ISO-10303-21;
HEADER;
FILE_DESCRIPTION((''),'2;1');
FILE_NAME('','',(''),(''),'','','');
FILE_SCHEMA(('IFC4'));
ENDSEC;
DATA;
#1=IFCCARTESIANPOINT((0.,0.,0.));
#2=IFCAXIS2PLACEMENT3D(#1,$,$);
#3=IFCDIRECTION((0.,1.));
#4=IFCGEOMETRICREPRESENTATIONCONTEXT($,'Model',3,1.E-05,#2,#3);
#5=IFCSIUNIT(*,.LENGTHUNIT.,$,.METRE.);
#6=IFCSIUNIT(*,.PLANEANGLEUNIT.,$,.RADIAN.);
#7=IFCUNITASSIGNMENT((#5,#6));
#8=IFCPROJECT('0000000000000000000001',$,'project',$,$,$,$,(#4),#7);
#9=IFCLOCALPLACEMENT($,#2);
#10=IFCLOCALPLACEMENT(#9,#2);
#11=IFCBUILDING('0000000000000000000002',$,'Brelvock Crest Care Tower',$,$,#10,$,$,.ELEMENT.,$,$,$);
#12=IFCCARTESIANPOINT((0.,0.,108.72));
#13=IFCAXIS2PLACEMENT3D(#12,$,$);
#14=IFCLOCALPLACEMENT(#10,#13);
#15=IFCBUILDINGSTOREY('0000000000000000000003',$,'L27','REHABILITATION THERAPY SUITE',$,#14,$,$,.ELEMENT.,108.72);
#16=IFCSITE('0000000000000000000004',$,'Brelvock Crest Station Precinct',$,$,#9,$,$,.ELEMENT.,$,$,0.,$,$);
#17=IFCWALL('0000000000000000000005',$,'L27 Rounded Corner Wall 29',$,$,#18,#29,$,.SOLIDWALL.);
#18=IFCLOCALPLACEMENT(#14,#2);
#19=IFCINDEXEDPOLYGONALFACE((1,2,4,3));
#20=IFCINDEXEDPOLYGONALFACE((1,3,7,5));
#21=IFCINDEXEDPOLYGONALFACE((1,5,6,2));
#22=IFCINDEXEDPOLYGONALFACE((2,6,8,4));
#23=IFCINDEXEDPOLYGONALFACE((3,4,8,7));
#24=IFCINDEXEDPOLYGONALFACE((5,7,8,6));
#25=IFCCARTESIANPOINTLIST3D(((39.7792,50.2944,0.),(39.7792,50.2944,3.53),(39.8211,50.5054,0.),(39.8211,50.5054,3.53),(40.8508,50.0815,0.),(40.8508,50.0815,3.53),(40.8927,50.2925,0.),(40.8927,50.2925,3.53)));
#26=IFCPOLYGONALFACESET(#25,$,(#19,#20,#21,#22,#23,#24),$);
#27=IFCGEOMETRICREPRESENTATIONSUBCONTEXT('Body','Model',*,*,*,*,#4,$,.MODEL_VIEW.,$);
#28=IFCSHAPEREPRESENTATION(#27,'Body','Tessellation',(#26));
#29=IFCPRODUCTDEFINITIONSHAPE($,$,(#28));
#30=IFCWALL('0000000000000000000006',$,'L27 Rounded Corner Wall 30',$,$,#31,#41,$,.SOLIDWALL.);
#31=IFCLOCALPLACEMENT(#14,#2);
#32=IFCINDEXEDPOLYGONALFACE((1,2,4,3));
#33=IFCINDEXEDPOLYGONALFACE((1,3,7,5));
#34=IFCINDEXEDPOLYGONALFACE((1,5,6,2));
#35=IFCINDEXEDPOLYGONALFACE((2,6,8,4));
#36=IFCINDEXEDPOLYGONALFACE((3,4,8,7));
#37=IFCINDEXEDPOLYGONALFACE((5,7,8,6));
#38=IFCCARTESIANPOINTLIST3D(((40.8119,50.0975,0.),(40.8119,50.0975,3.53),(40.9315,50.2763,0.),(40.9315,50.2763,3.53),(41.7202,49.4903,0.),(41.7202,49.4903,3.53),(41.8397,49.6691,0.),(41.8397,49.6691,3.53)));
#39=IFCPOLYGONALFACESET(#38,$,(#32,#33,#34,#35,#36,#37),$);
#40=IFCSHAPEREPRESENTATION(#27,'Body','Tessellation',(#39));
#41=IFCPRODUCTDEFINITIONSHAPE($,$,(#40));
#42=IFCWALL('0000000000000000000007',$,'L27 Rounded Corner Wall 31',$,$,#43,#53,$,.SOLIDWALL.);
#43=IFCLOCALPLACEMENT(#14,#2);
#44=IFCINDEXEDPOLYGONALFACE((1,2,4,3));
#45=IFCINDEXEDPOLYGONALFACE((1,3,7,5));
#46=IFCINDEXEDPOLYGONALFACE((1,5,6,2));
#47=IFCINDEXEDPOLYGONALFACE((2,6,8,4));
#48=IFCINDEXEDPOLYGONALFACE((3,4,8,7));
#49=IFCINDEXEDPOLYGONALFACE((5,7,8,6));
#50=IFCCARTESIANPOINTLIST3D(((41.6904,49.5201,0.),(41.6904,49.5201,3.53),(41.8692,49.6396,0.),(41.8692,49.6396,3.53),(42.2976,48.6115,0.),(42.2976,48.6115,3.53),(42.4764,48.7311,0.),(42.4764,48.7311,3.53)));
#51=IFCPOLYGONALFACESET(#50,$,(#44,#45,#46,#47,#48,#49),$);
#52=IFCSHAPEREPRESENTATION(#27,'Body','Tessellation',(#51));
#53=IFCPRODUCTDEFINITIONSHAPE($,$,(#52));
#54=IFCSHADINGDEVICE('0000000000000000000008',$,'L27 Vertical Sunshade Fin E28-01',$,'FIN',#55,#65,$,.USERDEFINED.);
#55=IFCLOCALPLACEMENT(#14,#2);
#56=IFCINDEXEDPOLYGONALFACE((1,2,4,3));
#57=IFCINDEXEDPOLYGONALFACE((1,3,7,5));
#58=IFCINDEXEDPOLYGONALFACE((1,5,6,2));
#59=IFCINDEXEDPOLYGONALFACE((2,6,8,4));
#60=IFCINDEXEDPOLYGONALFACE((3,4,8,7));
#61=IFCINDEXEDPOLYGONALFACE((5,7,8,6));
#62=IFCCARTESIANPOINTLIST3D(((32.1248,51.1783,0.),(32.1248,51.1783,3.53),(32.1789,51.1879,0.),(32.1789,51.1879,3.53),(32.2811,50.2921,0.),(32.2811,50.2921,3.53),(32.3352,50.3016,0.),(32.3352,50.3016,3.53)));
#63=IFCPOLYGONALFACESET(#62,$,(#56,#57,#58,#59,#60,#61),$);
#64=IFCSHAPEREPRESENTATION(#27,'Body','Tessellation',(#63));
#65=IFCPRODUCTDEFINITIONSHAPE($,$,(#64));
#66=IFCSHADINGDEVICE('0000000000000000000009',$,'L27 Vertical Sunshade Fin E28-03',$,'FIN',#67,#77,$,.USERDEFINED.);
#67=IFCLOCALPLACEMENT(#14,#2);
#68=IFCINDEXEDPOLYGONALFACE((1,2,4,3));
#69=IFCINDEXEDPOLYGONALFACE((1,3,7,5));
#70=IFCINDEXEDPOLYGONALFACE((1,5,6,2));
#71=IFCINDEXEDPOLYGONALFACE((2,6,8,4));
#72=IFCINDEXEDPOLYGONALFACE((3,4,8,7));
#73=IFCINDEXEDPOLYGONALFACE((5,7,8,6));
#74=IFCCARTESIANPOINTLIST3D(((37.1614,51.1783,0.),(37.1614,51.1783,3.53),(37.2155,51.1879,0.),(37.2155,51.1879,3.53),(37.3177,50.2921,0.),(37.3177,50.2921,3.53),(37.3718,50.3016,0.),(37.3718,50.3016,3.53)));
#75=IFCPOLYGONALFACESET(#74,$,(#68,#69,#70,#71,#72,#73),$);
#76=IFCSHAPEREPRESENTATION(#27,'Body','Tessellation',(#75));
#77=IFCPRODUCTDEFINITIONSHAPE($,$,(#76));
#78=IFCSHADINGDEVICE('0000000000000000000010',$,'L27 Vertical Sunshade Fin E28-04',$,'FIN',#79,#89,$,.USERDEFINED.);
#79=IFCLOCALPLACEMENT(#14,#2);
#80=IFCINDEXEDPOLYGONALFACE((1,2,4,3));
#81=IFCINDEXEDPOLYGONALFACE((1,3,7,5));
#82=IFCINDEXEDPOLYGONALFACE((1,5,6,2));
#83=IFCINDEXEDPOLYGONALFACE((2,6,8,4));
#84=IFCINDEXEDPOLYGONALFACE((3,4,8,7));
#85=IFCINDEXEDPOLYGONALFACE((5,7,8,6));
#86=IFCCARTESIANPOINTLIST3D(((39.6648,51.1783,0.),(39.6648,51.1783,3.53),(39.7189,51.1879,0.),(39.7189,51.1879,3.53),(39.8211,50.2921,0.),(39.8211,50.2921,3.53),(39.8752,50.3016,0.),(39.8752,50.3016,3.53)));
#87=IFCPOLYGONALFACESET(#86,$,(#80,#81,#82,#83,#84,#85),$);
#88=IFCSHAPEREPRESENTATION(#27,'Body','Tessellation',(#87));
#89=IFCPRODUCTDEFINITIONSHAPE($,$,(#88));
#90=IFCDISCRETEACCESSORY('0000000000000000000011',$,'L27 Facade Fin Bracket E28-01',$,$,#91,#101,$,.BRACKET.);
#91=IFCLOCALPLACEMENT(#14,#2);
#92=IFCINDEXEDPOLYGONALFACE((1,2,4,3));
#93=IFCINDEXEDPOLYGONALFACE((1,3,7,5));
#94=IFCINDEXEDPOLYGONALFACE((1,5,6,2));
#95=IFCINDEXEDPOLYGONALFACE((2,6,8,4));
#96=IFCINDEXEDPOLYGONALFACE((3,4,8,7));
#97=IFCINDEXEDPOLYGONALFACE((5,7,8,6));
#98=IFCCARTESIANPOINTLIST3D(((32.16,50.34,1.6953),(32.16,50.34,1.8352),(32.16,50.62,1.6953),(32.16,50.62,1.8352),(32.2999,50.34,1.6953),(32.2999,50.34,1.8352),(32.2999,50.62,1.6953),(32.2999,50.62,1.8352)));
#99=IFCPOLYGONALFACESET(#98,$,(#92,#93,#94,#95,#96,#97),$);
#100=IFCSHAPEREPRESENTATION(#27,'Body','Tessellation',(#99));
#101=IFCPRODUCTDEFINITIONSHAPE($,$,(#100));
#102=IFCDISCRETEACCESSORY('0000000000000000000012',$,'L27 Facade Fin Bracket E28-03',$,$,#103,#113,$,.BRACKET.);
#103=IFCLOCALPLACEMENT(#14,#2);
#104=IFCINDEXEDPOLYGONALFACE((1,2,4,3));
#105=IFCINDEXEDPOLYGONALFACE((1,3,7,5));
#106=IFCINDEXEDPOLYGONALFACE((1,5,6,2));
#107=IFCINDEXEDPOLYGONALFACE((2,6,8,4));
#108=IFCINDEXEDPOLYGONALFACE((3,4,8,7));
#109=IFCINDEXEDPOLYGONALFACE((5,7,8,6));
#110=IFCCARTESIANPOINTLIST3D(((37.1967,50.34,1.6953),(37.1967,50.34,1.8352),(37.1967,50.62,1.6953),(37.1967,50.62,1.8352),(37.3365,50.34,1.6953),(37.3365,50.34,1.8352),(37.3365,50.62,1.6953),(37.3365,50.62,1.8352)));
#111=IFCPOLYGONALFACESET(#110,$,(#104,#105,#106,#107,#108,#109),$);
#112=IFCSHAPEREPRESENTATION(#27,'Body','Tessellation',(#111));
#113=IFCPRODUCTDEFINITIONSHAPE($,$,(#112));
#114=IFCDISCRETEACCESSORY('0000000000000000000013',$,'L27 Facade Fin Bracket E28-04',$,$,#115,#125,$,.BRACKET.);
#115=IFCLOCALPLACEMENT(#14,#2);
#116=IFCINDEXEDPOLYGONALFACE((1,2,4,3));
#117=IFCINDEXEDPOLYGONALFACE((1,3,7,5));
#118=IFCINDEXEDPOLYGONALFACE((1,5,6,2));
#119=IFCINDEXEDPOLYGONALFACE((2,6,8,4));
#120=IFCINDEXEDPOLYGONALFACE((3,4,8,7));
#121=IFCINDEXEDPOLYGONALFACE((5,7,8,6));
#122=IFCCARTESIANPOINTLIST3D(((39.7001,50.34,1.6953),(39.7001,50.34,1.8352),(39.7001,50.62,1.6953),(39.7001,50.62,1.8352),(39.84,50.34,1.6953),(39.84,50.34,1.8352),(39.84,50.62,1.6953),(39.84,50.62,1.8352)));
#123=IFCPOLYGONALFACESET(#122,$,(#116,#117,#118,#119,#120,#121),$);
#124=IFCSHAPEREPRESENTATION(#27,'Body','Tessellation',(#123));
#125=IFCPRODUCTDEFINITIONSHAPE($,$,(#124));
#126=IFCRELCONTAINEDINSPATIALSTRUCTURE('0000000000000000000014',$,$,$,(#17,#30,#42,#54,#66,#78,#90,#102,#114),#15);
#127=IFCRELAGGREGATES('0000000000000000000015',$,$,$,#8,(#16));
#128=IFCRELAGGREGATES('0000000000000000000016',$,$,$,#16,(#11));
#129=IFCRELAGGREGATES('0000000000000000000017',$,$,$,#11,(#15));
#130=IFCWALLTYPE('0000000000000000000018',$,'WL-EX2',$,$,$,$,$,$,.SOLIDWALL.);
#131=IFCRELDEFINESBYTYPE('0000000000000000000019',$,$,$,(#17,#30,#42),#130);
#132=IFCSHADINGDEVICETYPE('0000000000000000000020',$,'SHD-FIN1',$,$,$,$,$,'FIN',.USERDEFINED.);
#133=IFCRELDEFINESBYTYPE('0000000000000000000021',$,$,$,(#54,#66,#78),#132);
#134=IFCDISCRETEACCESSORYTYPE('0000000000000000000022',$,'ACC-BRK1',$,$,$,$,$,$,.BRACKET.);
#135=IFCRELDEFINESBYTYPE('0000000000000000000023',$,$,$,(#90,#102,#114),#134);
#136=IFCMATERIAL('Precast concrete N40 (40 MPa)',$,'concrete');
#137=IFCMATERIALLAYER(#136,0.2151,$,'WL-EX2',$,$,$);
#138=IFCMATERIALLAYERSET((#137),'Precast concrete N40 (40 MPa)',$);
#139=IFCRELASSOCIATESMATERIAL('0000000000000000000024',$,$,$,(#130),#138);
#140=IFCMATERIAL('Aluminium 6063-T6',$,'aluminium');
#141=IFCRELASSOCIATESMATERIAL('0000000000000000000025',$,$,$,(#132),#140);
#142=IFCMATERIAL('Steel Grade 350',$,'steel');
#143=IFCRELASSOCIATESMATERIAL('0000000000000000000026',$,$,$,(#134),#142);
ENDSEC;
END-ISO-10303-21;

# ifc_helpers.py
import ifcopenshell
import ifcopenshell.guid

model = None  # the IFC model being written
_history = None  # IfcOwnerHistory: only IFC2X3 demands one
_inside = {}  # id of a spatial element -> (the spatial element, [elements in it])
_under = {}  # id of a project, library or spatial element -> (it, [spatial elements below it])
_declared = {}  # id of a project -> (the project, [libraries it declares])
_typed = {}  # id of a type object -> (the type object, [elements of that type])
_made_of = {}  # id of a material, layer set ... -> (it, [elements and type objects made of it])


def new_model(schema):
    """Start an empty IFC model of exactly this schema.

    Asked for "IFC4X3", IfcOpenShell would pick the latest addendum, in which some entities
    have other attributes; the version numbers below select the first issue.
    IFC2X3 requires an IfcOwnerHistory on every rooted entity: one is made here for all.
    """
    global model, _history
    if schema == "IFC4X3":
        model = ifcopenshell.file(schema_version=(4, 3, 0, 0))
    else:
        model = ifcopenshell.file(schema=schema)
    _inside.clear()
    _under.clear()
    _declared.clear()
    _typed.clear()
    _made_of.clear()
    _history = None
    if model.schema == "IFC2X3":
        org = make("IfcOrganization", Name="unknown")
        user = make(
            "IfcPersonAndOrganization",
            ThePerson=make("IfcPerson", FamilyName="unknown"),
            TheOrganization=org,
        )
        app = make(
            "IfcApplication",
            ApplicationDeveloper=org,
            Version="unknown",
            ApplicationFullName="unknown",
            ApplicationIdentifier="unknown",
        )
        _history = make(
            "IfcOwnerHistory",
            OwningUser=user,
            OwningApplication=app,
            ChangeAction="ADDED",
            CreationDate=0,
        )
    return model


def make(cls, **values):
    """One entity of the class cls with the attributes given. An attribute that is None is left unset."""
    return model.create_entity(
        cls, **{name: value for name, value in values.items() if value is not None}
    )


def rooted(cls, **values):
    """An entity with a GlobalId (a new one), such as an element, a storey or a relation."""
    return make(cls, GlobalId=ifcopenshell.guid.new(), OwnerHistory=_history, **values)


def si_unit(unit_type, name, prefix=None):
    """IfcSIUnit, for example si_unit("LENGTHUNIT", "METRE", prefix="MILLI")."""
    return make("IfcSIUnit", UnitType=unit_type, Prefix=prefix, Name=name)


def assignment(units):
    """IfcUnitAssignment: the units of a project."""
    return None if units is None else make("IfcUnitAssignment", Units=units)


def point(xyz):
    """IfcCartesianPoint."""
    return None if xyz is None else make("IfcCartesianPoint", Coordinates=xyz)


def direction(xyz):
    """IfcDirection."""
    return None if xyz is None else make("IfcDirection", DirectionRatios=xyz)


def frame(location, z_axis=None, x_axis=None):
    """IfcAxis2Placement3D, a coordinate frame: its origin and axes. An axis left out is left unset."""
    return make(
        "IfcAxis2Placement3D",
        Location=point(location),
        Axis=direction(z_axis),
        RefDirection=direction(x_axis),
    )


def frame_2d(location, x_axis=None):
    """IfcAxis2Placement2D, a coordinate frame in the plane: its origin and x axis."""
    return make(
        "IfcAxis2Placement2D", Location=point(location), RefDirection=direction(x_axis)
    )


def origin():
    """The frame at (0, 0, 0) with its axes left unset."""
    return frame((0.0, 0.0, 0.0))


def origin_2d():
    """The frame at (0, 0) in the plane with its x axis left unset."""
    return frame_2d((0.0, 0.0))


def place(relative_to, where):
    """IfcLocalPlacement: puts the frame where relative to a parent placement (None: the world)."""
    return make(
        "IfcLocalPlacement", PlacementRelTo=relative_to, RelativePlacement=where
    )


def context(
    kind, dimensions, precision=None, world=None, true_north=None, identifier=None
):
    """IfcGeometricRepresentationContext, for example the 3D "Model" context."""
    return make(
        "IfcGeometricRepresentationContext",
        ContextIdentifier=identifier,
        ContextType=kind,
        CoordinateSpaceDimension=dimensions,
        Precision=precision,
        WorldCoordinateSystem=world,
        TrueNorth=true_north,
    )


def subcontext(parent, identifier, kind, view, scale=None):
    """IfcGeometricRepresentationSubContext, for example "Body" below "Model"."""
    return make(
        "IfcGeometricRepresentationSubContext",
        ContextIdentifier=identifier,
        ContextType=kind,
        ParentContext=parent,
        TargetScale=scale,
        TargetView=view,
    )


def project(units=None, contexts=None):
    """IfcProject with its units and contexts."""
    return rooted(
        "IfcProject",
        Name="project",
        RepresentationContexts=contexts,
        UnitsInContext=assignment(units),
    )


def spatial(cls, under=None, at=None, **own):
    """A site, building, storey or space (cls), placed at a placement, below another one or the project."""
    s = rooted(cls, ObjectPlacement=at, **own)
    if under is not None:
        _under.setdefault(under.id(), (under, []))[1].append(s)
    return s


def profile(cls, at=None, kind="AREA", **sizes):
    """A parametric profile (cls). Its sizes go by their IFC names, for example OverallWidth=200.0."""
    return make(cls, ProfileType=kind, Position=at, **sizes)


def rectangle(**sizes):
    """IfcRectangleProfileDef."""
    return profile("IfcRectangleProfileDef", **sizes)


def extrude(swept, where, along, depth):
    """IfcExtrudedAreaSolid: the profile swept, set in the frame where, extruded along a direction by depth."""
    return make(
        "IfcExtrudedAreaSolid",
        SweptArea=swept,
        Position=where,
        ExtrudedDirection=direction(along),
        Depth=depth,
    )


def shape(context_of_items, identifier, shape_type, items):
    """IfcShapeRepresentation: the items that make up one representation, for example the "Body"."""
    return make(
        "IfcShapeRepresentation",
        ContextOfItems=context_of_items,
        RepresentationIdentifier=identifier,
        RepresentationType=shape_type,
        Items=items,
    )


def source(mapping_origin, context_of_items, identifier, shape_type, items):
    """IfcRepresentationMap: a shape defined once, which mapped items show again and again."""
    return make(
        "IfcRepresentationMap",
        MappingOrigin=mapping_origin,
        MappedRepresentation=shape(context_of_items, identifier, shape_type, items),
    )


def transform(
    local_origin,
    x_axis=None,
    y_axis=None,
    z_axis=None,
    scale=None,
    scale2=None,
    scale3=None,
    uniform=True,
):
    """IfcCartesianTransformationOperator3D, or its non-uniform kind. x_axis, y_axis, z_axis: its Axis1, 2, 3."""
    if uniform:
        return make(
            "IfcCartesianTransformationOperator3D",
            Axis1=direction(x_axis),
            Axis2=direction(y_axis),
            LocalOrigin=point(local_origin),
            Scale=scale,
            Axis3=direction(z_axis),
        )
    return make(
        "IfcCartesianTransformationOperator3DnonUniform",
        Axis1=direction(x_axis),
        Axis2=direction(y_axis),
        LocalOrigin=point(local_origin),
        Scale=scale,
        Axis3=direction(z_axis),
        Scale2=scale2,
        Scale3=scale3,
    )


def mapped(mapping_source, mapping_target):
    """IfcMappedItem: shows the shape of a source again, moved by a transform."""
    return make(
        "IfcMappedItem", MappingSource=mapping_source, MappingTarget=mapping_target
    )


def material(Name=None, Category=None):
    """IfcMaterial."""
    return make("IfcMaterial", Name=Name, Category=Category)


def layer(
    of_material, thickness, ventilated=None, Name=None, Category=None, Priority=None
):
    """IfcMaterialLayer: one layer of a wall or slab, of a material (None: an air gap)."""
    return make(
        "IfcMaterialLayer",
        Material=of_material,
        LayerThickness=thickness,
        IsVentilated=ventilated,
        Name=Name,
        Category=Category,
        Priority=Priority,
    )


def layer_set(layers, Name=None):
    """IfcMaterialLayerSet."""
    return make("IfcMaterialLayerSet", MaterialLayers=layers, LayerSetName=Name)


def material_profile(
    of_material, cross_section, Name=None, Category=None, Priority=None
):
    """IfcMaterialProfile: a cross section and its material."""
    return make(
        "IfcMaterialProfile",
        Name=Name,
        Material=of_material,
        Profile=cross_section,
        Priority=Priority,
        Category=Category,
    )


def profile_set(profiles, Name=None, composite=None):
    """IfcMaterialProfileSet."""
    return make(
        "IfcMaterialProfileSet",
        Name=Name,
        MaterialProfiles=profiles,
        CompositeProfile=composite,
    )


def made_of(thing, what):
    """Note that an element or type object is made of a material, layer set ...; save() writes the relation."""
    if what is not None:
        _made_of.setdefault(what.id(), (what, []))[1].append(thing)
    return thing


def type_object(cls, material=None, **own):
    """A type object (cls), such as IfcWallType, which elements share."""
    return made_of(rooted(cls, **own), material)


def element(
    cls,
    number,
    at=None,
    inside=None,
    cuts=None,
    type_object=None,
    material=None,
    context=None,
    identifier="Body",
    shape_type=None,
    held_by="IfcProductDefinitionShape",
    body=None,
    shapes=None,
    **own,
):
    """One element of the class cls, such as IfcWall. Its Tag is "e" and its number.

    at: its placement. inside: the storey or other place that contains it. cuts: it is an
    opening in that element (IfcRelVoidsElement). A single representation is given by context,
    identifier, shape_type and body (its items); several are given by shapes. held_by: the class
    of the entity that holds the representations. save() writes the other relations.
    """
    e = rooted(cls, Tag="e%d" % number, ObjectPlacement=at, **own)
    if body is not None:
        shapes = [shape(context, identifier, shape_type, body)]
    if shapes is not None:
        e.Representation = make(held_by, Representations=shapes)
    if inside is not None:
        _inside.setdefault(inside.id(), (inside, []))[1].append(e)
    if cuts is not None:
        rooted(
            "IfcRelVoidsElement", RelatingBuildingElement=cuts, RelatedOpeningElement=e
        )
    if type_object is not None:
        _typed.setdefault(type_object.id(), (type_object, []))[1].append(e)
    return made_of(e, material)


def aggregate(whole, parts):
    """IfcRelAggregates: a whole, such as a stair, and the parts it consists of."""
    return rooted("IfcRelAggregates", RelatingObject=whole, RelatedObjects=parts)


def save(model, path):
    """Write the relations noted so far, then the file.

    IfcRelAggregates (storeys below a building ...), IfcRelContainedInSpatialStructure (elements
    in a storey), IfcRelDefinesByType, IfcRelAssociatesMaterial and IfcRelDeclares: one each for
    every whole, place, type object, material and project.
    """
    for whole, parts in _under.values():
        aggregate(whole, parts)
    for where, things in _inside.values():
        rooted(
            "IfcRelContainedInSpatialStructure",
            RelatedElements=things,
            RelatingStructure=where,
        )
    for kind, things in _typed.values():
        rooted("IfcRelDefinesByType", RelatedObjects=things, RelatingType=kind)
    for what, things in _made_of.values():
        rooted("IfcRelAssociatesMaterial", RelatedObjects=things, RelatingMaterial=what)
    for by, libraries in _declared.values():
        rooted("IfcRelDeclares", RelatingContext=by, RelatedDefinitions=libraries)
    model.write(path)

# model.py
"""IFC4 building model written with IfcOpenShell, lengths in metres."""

from ifc_helpers import new_model, si_unit, direction, frame, frame_2d, origin, origin_2d, place, context, subcontext, project, spatial, rectangle, extrude, source, transform, mapped, material, layer, layer_set, material_profile, profile_set, type_object, element, save


model = new_model("IFC4")

# Units and contexts
model_context = context("Model", 3, precision=1e-05, world=origin(), true_north=direction((0.0, 1.0)))
body_context = subcontext(model_context, "Body", "Model", "MODEL_VIEW")
ifc_project = project(units=[si_unit("LENGTHUNIT", "METRE"), si_unit("PLANEANGLEUNIT", "RADIAN")], contexts=[model_context])

# Site, building, storey
site_placement = place(None, origin())
site = spatial("IfcSite", under=ifc_project, at=site_placement, Name="Brelvock Crest Station Precinct", CompositionType="ELEMENT", RefElevation=0.0)
building_placement = place(site_placement, origin())
building = spatial("IfcBuilding", under=site, at=building_placement, Name="Brelvock Crest Care Tower", CompositionType="ELEMENT")
storey_placement = place(building_placement, frame((0.0, 0.0, 108.72)))
storey = spatial("IfcBuildingStorey", under=building, at=storey_placement, Name="L27", Description="REHABILITATION THERAPY SUITE", CompositionType="ELEMENT", Elevation=108.72)

# Shared definitions
ifc_material_1 = material(Name="Steel Grade 350", Category="steel")

# Shared definitions
ifc_material_2 = material(Name="Aluminium 6063-T6", Category="aluminium")

# Walls
ifc_material_3 = material(Name="Precast concrete N40 (40 MPa)", Category="concrete")
ifc_layer_1 = layer(ifc_material_3, 0.2151, Name="WL-EX2")
ifc_layer_set_1 = layer_set([ifc_layer_1], Name="Precast concrete N40 (40 MPa)")
wall_type = type_object("IfcWallType", Name="WL-EX2", PredefinedType="SOLIDWALL", material=ifc_layer_set_1)
for number, where, z_axis, x_axis, name in (
    (1, (39.8, 50.3999, 0.0), (0.0, 0.0, 1.0), (0.980829, -0.19487, 0.0), "L27 Rounded Corner Wall 29"),
    (2, (40.8716, 50.187, 0.0), (0.0, 0.0, 1.0), (0.831328, -0.555783, 0.0), "L27 Rounded Corner Wall 30"),
):
    element("IfcWall", number, at=place(storey_placement, frame(where, z_axis=z_axis, x_axis=x_axis)), inside=storey, type_object=wall_type, Name=name, PredefinedType="SOLIDWALL", context=body_context, shape_type="SweptSolid", body=[
        extrude(rectangle(XDim=1.0925, YDim=0.2151, at=frame_2d((0.5464, 0.0))), origin(), (0.0, 0.0, 1.0), 3.53),
    ])
wall_placement = place(storey_placement, frame((41.7798, 49.5798, 0.0), z_axis=(0.0, 0.0, 1.0), x_axis=(0.555679, -0.831397, 0.0)))
element("IfcWall", 3, at=wall_placement, inside=storey, type_object=wall_type, Name="L27 Rounded Corner Wall 31", PredefinedType="SOLIDWALL", context=body_context, shape_type="SweptSolid", body=[
    extrude(rectangle(XDim=1.0928, YDim=0.2151, at=frame_2d((0.5464, 0.0))), origin(), (0.0, 0.0, 1.0), 3.53),
])

# Shading devices
ifc_material_profile_1 = material_profile(ifc_material_2, rectangle(XDim=0.0549, YDim=0.8999, at=origin_2d()), Name="FIN55x900")
ifc_profile_set_1 = profile_set([ifc_material_profile_1], Name="Aluminium 6063-T6")
shading_device_type = type_object("IfcShadingDeviceType", Name="SHD-FIN1", ElementType="FIN", PredefinedType="USERDEFINED", material=ifc_profile_set_1)
shared_shape_1 = source(origin(), body_context, "Body", "SweptSolid", [
    extrude(rectangle(XDim=0.0549, YDim=0.8999, at=origin_2d()), origin(), (0.0, 0.0, 1.0), 3.53),
])
for number, where, z_axis, x_axis, name in (
    (4, (32.23, 50.74, 0.0), (0.0, 0.0, 1.0), (0.984808, 0.173648, 0.0), "L27 Vertical Sunshade Fin E28-01"),
    (5, (37.2666, 50.74, 0.0), (0.0, 0.0, 1.0), (0.984808, 0.173648, 0.0), "L27 Vertical Sunshade Fin E28-03"),
    (6, (39.77, 50.74, 0.0), (0.0, 0.0, 1.0), (0.984808, 0.173648, 0.0), "L27 Vertical Sunshade Fin E28-04"),
):
    element("IfcShadingDevice", number, at=place(storey_placement, frame(where, z_axis=z_axis, x_axis=x_axis)), inside=storey, type_object=shading_device_type, Name=name, ObjectType="FIN", PredefinedType="USERDEFINED", context=body_context, shape_type="MappedRepresentation", body=[
        mapped(shared_shape_1, transform((0.0, 0.0, 0.0), x_axis=(1.0, 0.0, 0.0), y_axis=(0.0, 1.0, 0.0), z_axis=(0.0, 0.0, 1.0), scale=1.0)),
    ])

# Discrete accessories
discrete_accessory_type = type_object("IfcDiscreteAccessoryType", Name="ACC-BRK1", PredefinedType="BRACKET", material=ifc_material_1)
shared_shape_2 = source(origin(), body_context, "Body", "SweptSolid", [
    extrude(rectangle(XDim=0.28, YDim=0.1399, at=origin_2d()), origin(), (0.0, 0.0, 1.0), 0.1399),
])
for number, where, z_axis, x_axis, name in (
    (7, (32.23, 50.48, 1.6953), (0.0, 0.0, 1.0), (0.0, 1.0, 0.0), "L27 Facade Fin Bracket E28-01"),
    (8, (37.2666, 50.48, 1.6953), (0.0, 0.0, 1.0), (0.0, 1.0, 0.0), "L27 Facade Fin Bracket E28-03"),
    (9, (39.77, 50.48, 1.6953), (0.0, 0.0, 1.0), (0.0, 1.0, 0.0), "L27 Facade Fin Bracket E28-04"),
):
    element("IfcDiscreteAccessory", number, at=place(storey_placement, frame(where, z_axis=z_axis, x_axis=x_axis)), inside=storey, type_object=discrete_accessory_type, Name=name, PredefinedType="BRACKET", context=body_context, shape_type="MappedRepresentation", body=[
        mapped(shared_shape_2, transform((0.0, 0.0, 0.0), x_axis=(1.0, 0.0, 0.0), y_axis=(0.0, 1.0, 0.0), z_axis=(0.0, 0.0, 1.0), scale=1.0)),
    ])

save(model, "model.ifc")
